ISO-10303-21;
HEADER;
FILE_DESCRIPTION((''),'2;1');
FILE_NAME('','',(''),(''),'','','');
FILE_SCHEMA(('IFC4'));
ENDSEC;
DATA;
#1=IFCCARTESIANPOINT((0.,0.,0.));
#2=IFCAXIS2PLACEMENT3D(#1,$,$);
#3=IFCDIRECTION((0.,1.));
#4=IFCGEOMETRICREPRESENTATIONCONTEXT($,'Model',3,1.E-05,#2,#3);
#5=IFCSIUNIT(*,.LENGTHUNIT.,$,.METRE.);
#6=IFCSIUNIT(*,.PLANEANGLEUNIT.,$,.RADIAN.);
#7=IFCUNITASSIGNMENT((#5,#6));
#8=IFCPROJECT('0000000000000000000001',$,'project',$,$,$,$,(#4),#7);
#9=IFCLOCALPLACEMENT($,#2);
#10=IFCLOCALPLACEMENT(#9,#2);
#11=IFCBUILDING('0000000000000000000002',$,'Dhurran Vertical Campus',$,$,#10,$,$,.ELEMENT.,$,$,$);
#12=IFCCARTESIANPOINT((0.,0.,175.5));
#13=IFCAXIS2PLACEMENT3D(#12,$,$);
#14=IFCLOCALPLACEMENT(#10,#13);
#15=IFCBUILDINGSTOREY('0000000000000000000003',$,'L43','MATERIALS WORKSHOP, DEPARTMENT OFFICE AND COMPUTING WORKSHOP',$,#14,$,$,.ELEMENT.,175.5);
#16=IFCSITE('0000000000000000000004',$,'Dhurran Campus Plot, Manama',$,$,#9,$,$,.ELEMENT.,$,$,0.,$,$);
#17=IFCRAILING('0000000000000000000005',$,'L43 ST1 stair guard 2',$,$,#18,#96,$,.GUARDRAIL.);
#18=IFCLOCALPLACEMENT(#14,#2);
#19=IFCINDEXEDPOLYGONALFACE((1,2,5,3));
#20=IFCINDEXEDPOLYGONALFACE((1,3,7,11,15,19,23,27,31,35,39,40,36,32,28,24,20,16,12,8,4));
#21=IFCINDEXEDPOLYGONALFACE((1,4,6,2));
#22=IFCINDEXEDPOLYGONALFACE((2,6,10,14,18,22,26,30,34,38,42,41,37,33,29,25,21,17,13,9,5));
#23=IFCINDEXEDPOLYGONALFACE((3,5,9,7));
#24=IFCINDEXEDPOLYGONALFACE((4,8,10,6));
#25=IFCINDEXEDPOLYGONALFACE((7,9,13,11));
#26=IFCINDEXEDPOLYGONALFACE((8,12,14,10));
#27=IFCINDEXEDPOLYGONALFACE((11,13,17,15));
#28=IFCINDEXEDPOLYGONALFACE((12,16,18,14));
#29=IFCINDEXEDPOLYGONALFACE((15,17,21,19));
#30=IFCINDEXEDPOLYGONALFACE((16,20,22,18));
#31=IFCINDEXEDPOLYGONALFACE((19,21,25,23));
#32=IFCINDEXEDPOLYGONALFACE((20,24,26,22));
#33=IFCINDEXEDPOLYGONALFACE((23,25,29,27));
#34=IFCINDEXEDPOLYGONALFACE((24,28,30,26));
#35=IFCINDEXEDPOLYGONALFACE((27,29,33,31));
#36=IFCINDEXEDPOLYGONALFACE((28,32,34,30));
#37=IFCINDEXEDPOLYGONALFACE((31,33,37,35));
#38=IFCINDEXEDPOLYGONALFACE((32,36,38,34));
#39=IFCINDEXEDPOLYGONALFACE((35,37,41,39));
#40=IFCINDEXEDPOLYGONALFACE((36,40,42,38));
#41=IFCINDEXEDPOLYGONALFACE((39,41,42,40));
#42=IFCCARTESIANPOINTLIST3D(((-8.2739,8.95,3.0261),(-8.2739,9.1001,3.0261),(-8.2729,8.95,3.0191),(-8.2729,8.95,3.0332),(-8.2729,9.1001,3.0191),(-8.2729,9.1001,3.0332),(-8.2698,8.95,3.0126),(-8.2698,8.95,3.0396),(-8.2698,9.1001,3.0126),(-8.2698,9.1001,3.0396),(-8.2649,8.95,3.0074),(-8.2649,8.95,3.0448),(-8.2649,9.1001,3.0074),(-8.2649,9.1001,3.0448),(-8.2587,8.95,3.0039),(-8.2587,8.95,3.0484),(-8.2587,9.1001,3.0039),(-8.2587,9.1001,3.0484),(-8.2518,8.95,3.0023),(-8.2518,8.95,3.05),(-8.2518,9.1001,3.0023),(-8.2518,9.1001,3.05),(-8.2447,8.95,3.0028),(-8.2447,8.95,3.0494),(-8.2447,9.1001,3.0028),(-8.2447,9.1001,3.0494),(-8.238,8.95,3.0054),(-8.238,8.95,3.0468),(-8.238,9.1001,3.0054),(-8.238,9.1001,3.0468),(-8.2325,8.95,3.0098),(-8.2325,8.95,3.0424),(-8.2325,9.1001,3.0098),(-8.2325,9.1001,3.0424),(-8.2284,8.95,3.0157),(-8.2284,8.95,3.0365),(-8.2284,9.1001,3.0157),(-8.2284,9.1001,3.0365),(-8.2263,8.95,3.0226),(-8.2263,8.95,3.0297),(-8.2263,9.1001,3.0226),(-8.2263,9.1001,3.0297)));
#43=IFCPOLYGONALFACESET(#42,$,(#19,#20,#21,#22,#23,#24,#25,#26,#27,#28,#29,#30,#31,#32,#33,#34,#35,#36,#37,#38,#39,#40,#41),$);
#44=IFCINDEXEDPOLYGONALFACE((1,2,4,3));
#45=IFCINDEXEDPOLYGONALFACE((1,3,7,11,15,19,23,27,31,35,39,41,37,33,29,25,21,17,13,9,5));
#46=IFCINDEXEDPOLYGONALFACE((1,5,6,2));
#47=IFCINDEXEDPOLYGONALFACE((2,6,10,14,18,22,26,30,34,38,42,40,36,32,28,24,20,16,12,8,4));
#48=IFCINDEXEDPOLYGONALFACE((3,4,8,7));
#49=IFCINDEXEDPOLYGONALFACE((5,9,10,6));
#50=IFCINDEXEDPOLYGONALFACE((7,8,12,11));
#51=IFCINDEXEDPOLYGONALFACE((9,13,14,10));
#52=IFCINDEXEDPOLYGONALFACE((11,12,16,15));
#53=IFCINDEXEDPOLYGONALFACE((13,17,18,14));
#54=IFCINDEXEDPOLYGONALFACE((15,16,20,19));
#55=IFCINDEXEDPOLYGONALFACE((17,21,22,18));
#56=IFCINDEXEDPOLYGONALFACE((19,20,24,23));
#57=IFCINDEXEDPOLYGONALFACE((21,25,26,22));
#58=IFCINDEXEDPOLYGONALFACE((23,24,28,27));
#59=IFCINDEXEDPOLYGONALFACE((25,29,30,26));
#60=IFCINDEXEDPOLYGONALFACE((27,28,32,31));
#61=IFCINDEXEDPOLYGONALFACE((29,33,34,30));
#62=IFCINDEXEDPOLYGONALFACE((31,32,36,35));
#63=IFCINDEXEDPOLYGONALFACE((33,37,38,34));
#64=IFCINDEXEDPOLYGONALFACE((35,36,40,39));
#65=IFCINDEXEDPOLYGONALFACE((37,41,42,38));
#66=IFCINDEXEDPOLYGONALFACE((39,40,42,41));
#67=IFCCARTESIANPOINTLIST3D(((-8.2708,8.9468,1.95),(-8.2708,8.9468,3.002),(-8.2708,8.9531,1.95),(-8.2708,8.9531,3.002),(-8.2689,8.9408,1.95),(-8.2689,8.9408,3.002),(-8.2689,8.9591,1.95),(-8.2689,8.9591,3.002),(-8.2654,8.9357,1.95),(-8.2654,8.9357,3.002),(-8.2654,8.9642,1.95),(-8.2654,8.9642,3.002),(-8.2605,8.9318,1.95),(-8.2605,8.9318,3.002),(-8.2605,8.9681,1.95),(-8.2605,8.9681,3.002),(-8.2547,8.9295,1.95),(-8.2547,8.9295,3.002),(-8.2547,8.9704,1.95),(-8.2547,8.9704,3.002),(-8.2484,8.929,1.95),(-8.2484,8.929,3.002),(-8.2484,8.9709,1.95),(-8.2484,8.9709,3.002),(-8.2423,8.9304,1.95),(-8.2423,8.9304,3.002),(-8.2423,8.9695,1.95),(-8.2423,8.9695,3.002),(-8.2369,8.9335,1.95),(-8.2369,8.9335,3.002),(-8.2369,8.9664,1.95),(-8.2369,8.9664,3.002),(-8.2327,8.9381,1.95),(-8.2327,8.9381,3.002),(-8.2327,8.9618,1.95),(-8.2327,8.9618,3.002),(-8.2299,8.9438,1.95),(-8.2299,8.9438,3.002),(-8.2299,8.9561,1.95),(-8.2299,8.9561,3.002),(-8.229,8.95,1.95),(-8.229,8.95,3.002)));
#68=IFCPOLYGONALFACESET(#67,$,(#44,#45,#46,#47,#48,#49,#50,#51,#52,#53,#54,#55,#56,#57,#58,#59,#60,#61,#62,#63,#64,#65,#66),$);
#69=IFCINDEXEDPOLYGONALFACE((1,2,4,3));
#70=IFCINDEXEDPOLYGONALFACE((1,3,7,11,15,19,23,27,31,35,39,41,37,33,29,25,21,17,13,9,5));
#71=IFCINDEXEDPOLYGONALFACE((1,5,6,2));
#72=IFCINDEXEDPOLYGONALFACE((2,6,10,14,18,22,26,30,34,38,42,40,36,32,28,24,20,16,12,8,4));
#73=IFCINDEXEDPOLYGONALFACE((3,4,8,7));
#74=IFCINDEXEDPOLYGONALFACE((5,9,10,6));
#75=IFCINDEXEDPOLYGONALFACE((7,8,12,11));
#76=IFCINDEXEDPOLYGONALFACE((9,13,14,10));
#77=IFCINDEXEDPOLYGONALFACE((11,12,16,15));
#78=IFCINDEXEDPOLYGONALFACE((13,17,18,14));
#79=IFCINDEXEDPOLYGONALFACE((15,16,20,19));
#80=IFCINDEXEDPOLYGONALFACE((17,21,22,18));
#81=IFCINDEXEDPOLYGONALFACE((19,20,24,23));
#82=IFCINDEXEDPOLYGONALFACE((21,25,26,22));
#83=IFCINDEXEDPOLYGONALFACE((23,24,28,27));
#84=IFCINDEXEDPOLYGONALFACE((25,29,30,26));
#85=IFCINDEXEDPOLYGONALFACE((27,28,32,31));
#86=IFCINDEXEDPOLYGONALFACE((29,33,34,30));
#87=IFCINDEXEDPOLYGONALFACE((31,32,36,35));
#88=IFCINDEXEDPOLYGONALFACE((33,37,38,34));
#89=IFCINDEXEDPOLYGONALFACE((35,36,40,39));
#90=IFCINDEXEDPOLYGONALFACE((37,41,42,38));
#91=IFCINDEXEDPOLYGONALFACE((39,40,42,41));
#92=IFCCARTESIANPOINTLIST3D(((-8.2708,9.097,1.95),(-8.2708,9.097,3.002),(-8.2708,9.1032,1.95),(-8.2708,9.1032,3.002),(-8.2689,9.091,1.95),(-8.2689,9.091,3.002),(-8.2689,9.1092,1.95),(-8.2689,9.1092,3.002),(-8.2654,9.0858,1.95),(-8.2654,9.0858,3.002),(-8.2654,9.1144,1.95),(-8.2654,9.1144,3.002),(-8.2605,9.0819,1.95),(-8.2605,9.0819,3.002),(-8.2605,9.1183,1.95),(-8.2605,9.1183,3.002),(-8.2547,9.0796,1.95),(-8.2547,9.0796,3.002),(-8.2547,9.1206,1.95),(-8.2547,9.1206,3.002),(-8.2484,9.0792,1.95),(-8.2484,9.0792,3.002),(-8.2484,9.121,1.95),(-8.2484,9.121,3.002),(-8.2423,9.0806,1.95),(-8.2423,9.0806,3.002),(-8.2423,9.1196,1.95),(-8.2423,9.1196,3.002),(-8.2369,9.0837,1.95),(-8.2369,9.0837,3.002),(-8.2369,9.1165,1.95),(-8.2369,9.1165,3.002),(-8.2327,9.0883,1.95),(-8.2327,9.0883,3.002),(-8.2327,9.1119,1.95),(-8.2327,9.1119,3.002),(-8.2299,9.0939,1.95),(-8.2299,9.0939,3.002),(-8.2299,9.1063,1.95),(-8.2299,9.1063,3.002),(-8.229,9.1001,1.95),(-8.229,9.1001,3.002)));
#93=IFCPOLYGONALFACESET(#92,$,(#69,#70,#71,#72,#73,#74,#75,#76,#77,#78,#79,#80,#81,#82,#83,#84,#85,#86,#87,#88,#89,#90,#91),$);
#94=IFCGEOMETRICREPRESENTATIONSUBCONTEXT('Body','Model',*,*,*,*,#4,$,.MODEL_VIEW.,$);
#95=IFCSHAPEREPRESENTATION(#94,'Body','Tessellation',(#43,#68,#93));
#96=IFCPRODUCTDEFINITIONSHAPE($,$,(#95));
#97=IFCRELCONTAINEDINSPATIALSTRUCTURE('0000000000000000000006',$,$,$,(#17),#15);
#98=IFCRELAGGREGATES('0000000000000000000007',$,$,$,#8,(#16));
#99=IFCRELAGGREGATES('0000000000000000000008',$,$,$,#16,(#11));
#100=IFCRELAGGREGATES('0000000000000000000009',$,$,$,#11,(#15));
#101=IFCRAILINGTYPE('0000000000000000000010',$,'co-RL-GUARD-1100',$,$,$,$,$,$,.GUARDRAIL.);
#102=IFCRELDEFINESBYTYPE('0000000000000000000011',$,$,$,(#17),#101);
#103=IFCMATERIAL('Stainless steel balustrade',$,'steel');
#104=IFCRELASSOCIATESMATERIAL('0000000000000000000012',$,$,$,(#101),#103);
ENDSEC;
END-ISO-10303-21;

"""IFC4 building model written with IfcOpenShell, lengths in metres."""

from ifc_helpers import new_model, si_unit, direction, frame, origin, origin_2d, place, context, subcontext, project, spatial, circle, extrude, material, type_object, element, save


model = new_model("IFC4")

# Units and contexts
model_context = context("Model", 3, precision=1e-05, world=origin(), true_north=direction((0.0, 1.0)))
body_context = subcontext(model_context, "Body", "Model", "MODEL_VIEW")
ifc_project = project(units=[si_unit("LENGTHUNIT", "METRE"), si_unit("PLANEANGLEUNIT", "RADIAN")], contexts=[model_context])

# Site, building, storey
site_placement = place(None, origin())
site = spatial("IfcSite", under=ifc_project, at=site_placement, Name="Dhurran Campus Plot, Manama", CompositionType="ELEMENT", RefElevation=0.0)
building_placement = place(site_placement, origin())
building = spatial("IfcBuilding", under=site, at=building_placement, Name="Dhurran Vertical Campus", CompositionType="ELEMENT")
storey_placement = place(building_placement, frame((0.0, 0.0, 175.5)))
storey = spatial("IfcBuildingStorey", under=building, at=storey_placement, Name="L43", Description="MATERIALS WORKSHOP, DEPARTMENT OFFICE AND COMPUTING WORKSHOP", CompositionType="ELEMENT", Elevation=175.5)

# Railing
ifc_material_1 = material(Name="Stainless steel balustrade", Category="steel")
railing_type_1 = type_object("IfcRailingType", Name="co-RL-GUARD-1100", PredefinedType="GUARDRAIL", material=ifc_material_1)
railing_1_placement = place(storey_placement, frame((-8.25, 8.95, 1.95)))
element("IfcRailing", 1, at=railing_1_placement, inside=storey, type_object=railing_type_1, Name="L43 ST1 stair guard 2", PredefinedType="GUARDRAIL", context=body_context, shape_type="SweptSolid", body=[
    extrude(circle(Radius=0.0239, at=origin_2d()), frame((0.0, 0.0, 1.0762), z_axis=(0.0, 1.0, 0.0), x_axis=(-1.0, 0.0, 0.0)), (0.0, 0.0, 1.0), 0.1501),
    extrude(circle(Radius=0.021, at=origin_2d()), origin(), (0.0, 0.0, 1.0), 1.052),
    extrude(circle(Radius=0.021, at=origin_2d()), frame((0.0, 0.1501, 0.0)), (0.0, 0.0, 1.0), 1.052),
])

save(model, "model.ifc")
